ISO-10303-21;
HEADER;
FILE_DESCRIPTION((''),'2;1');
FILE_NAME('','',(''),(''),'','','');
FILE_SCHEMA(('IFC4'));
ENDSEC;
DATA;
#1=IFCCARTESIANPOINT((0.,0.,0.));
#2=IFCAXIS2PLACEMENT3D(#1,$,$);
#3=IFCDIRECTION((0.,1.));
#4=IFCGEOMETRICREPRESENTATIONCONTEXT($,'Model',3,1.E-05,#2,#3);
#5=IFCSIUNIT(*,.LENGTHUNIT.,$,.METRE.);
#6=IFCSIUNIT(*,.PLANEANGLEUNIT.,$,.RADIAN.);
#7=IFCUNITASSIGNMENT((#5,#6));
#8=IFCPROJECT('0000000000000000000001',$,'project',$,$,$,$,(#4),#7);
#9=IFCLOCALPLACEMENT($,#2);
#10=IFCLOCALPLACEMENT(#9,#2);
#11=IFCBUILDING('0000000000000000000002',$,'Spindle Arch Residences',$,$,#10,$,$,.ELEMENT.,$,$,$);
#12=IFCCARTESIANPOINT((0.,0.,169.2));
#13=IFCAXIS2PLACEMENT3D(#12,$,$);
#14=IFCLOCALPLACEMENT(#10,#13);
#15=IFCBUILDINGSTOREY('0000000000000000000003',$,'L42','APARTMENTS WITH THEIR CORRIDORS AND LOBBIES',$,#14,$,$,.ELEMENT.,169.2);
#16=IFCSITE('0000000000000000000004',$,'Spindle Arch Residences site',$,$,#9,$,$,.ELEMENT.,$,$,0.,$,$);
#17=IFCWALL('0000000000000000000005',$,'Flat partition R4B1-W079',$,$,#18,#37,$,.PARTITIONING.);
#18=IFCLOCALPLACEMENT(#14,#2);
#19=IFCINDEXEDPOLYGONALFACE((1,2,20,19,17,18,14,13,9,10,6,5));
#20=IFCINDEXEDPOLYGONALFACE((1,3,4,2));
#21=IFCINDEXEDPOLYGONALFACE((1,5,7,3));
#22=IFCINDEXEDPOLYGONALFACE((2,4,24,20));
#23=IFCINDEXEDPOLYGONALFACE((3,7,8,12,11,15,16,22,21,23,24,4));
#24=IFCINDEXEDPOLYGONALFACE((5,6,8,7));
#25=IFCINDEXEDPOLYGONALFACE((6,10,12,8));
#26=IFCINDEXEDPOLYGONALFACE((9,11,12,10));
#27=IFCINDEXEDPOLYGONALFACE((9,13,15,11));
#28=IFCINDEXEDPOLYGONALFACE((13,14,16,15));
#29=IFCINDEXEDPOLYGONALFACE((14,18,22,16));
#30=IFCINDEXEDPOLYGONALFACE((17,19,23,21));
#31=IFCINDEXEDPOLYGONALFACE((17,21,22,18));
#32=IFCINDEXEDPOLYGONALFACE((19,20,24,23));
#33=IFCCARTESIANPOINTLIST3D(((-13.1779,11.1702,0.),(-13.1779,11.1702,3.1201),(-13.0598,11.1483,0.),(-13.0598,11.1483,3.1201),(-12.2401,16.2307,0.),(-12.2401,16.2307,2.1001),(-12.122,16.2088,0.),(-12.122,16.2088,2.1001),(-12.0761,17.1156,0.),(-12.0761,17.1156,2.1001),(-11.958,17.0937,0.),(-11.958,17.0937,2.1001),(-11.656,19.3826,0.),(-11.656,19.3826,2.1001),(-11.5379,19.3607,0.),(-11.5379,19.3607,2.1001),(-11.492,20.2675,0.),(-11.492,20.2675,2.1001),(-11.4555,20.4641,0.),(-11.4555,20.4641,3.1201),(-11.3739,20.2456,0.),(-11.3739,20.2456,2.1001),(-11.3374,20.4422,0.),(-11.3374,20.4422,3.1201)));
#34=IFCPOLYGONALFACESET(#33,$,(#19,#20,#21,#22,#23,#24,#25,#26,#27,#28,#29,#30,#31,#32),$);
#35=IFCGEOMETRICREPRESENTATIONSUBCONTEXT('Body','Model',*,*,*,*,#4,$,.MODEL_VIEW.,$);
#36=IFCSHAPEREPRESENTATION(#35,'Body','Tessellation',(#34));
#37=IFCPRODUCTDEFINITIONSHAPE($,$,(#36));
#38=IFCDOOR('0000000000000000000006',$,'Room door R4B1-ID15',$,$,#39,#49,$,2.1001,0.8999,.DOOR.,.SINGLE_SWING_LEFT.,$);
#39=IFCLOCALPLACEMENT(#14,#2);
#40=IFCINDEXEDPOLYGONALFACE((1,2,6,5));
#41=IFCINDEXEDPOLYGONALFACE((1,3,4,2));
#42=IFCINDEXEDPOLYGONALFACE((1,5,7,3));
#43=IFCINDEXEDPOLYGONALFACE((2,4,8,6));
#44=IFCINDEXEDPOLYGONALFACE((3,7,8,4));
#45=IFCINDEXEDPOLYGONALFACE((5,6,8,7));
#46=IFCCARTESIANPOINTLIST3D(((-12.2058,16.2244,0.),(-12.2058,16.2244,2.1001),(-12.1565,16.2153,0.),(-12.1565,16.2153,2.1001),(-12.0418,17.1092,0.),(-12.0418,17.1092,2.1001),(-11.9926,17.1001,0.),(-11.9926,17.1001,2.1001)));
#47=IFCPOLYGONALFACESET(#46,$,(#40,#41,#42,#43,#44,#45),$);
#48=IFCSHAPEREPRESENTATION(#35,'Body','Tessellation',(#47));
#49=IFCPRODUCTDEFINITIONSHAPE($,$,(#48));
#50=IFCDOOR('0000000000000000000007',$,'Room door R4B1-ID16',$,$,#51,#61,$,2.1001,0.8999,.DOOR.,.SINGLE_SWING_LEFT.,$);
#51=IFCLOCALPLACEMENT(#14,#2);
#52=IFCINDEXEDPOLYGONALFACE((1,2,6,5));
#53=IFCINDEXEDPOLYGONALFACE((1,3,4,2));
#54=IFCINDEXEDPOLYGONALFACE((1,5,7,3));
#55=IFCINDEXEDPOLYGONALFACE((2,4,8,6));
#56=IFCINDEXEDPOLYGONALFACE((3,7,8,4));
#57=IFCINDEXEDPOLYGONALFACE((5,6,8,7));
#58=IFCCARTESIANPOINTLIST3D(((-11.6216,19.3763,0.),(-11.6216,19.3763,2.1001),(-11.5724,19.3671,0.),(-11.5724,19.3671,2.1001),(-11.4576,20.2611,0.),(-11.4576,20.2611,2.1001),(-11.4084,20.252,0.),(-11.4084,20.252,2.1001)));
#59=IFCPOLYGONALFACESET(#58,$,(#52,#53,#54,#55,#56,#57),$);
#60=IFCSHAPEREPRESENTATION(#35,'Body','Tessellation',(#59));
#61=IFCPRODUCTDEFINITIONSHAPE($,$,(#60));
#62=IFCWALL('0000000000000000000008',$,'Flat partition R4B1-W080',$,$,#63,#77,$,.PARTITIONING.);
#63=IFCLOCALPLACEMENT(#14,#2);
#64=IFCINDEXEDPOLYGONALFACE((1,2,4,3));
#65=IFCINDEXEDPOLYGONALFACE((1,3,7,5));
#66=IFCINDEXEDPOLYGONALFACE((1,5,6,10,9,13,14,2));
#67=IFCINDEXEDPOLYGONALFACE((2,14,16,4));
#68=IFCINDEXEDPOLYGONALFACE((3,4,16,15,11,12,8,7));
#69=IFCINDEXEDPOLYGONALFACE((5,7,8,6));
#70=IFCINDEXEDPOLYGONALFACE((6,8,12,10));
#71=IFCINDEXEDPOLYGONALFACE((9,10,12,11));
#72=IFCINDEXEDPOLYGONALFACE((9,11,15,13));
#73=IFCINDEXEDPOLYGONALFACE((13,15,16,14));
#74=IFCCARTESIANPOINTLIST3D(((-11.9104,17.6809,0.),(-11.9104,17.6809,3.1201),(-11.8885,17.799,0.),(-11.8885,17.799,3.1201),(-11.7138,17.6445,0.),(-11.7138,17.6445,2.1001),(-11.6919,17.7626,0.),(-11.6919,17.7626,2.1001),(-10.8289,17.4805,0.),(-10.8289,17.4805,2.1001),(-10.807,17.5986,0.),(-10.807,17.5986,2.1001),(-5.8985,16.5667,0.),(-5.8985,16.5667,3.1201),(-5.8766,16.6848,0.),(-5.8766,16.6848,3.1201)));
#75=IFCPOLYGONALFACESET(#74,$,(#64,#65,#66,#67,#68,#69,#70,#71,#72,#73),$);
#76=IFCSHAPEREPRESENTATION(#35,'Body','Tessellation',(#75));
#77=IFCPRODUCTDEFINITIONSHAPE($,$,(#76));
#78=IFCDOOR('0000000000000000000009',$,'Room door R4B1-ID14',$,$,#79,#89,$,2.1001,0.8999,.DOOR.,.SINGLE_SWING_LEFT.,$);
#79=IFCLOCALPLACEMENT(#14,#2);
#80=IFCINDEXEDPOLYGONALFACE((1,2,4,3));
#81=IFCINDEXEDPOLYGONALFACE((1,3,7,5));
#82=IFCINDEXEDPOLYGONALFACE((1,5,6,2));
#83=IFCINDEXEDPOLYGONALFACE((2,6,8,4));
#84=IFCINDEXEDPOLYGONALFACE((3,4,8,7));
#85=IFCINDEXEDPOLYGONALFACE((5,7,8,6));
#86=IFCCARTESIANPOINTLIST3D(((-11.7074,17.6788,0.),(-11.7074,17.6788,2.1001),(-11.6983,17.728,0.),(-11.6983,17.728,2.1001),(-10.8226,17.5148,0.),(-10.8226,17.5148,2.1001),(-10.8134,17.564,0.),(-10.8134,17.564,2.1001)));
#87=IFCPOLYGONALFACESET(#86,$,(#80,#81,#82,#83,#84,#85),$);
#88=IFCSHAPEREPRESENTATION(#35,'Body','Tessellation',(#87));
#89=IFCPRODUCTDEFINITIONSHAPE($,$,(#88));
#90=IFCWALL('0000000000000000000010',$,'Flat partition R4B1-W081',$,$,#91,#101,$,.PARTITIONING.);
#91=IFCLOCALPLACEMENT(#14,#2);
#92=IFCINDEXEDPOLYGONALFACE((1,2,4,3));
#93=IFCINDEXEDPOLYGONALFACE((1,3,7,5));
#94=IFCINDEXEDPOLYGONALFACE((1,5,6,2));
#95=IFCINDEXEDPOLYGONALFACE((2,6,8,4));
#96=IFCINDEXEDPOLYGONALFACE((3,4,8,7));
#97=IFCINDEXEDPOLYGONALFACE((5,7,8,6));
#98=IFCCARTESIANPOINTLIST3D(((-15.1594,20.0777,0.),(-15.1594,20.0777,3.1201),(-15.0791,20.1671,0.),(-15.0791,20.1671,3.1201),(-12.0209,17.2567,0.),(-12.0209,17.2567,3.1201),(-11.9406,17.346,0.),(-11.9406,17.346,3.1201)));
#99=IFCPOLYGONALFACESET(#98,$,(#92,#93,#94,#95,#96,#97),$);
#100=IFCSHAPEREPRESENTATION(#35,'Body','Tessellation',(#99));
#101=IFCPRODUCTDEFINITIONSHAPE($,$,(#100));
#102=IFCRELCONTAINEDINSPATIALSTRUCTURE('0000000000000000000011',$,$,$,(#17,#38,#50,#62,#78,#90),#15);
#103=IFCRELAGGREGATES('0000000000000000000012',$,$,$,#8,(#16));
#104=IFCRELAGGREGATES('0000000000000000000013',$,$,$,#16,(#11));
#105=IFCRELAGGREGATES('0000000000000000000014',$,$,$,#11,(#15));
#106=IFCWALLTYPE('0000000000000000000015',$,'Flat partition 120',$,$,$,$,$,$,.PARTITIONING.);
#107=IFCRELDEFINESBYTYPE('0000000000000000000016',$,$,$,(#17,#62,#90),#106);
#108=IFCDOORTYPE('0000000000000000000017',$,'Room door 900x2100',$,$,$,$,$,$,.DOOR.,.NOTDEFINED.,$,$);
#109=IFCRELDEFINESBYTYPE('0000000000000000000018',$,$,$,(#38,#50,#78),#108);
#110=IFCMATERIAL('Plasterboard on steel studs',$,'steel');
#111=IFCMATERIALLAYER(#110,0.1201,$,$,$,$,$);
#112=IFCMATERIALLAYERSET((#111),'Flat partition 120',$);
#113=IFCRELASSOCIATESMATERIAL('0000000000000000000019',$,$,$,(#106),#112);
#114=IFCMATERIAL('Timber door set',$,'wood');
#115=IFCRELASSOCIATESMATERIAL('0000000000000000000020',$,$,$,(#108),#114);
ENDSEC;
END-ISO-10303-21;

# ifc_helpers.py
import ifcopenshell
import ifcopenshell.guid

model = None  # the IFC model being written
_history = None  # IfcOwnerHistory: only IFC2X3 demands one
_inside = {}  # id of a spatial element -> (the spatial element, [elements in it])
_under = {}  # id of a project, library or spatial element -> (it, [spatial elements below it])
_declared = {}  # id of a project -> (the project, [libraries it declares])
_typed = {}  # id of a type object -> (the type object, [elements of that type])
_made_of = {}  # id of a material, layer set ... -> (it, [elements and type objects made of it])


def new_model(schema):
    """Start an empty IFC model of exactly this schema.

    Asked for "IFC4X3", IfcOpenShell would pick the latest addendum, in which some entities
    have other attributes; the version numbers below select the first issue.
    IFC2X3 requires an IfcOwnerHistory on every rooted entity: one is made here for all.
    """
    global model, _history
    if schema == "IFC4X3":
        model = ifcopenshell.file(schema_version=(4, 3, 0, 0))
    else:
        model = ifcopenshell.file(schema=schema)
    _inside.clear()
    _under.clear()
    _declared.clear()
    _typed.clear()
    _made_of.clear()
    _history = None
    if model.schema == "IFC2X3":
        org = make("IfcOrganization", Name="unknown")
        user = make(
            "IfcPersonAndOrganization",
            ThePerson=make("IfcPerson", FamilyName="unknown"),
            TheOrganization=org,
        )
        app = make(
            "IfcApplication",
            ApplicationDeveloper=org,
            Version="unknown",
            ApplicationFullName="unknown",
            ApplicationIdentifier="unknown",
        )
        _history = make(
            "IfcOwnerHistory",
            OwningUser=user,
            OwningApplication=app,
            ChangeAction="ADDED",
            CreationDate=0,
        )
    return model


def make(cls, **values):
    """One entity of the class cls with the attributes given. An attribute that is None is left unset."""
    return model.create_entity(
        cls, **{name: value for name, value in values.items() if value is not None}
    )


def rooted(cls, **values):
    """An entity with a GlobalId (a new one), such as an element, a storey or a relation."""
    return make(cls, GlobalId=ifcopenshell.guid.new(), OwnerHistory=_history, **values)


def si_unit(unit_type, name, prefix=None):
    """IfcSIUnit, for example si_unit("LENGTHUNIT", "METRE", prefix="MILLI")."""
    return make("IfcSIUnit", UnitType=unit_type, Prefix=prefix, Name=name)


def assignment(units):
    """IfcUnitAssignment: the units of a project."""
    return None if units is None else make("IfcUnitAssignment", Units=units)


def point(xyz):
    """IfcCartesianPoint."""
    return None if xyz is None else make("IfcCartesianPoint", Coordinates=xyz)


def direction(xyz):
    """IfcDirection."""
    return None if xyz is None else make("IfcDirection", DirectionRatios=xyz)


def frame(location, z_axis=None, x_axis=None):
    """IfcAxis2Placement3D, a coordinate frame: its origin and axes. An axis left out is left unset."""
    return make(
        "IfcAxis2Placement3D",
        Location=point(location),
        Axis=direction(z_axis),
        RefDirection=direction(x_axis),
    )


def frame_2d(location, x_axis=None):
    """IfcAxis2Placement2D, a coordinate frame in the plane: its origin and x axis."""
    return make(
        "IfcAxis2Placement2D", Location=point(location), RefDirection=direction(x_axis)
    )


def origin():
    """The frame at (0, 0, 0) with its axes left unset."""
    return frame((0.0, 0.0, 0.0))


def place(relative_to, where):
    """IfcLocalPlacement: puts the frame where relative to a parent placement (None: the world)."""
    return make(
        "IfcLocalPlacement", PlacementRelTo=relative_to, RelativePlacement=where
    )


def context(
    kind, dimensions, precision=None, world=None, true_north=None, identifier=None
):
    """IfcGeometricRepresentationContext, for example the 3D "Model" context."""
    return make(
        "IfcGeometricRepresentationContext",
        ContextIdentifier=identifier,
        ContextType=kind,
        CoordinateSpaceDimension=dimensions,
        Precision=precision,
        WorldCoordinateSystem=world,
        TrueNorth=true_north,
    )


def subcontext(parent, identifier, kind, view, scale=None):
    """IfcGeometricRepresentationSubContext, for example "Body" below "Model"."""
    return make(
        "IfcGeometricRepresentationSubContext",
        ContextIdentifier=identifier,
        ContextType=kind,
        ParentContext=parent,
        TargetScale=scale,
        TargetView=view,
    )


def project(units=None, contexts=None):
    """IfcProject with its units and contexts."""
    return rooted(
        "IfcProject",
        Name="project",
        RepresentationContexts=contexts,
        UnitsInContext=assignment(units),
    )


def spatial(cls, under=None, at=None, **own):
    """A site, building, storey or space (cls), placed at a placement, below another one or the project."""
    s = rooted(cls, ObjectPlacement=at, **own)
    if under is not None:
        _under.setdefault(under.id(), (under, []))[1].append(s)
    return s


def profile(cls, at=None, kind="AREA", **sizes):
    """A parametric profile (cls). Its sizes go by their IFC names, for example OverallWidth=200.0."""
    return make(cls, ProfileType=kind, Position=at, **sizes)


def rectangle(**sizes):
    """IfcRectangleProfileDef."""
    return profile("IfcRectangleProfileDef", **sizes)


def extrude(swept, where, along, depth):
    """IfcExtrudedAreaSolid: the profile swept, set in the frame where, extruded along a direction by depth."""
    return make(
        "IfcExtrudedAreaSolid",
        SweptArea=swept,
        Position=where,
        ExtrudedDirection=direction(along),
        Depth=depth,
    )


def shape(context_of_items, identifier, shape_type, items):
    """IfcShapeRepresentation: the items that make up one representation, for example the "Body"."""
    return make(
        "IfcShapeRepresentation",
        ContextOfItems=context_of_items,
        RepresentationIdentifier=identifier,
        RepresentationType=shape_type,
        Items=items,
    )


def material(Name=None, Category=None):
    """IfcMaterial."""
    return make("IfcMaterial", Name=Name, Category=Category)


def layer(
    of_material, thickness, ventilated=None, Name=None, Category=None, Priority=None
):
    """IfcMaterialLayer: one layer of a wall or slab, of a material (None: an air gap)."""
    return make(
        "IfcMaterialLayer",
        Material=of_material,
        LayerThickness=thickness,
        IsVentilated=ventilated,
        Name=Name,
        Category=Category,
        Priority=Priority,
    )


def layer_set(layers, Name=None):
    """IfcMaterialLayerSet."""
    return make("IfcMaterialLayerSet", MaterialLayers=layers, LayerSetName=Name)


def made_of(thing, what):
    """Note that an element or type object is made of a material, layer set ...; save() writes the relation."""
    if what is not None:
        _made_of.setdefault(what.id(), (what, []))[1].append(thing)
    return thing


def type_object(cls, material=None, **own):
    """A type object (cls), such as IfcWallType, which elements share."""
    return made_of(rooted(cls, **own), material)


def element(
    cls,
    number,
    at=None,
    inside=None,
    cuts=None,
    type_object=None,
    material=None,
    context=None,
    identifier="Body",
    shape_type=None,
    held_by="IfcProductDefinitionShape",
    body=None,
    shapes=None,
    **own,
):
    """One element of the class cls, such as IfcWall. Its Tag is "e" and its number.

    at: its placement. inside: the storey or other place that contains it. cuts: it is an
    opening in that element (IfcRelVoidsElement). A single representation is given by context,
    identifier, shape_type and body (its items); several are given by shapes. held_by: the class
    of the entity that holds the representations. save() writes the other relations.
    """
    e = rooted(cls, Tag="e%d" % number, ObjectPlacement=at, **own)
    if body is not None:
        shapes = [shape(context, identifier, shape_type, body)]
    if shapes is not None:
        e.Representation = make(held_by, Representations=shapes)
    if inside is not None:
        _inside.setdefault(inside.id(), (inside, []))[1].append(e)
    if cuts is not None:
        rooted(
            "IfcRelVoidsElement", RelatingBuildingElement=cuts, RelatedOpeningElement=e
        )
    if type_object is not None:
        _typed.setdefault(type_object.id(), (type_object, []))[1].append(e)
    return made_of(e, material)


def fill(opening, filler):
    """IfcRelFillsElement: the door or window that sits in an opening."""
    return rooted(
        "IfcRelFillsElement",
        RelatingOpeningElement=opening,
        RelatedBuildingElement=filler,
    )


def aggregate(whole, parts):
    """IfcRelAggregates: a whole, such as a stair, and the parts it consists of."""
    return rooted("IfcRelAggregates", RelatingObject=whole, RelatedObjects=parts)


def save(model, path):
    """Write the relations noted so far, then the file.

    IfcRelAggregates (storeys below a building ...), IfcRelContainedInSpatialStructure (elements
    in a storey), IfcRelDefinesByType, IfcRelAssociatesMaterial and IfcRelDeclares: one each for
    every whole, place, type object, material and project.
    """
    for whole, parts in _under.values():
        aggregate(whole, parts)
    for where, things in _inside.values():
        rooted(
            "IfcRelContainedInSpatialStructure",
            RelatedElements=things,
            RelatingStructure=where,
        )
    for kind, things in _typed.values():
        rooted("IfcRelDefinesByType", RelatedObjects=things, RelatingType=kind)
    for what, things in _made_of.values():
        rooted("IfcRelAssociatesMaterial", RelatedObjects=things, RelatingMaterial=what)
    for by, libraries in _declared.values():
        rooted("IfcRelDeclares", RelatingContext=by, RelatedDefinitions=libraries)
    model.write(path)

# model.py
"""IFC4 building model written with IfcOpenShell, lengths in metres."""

from ifc_helpers import new_model, si_unit, direction, frame, frame_2d, origin, place, context, subcontext, project, spatial, rectangle, extrude, material, layer, layer_set, type_object, element, fill, save


model = new_model("IFC4")

# Units and contexts
model_context = context("Model", 3, precision=1e-05, world=origin(), true_north=direction((0.0, 1.0)))
body_context = subcontext(model_context, "Body", "Model", "MODEL_VIEW")
ifc_project = project(units=[si_unit("LENGTHUNIT", "METRE"), si_unit("PLANEANGLEUNIT", "RADIAN")], contexts=[model_context])

# Site, building, storey
site_placement = place(None, origin())
site = spatial("IfcSite", under=ifc_project, at=site_placement, Name="Spindle Arch Residences site", CompositionType="ELEMENT", RefElevation=0.0)
building_placement = place(site_placement, origin())
building = spatial("IfcBuilding", under=site, at=building_placement, Name="Spindle Arch Residences", CompositionType="ELEMENT")
storey_placement = place(building_placement, frame((0.0, 0.0, 169.2)))
storey = spatial("IfcBuildingStorey", under=building, at=storey_placement, Name="L42", Description="APARTMENTS WITH THEIR CORRIDORS AND LOBBIES", CompositionType="ELEMENT", Elevation=169.2)

# Shared definitions
ifc_material_1 = material(Name="Plasterboard on steel studs", Category="steel")
ifc_layer_1 = layer(ifc_material_1, 0.1201)
ifc_layer_set_1 = layer_set([ifc_layer_1], Name="Flat partition 120")
wall_type = type_object("IfcWallType", Name="Flat partition 120", PredefinedType="PARTITIONING", material=ifc_layer_set_1)

# Wall, openings, doors
wall_1_placement = place(storey_placement, frame((-11.3965, 20.4531, 0.0), z_axis=(0.0, 0.0, 1.0), x_axis=(-0.182223, -0.983257, 0.0)))
wall_1 = element("IfcWall", 1, at=wall_1_placement, inside=storey, type_object=wall_type, Name="Flat partition R4B1-W079", PredefinedType="PARTITIONING", context=body_context, shape_type="SweptSolid", body=[
    extrude(rectangle(XDim=9.4521, YDim=0.1201, at=frame_2d((4.7261, 0.0))), origin(), (0.0, 0.0, 1.0), 3.1201),
])
opening_1_placement = place(wall_1_placement, frame((3.4055, 0.0, 0.0)))
opening_1 = element("IfcOpeningElement", 2, at=opening_1_placement, cuts=wall_1, PredefinedType="OPENING", context=body_context, shape_type="SweptSolid", body=[
    extrude(rectangle(XDim=0.8999, YDim=2.1001, at=frame_2d((0.45, 1.05))), frame((0.0, 0.0701, 0.0), z_axis=(0.0, -1.0, 0.0), x_axis=(1.0, 0.0, 0.0)), (0.0, 0.0, 1.0), 0.1401),
])
opening_2_placement = place(wall_1_placement, frame((0.2, 0.0, 0.0)))
opening_2 = element("IfcOpeningElement", 3, at=opening_2_placement, cuts=wall_1, PredefinedType="OPENING", context=body_context, shape_type="SweptSolid", body=[
    extrude(rectangle(XDim=0.8999, YDim=2.1001, at=frame_2d((0.45, 1.05))), frame((0.0, 0.0701, 0.0), z_axis=(0.0, -1.0, 0.0), x_axis=(1.0, 0.0, 0.0)), (0.0, 0.0, 1.0), 0.1401),
])
ifc_material_2 = material(Name="Timber door set", Category="wood")
door_type = type_object("IfcDoorType", Name="Room door 900x2100", OperationType="NOTDEFINED", PredefinedType="DOOR", material=ifc_material_2)
door_1_placement = place(opening_1_placement, origin())
door_1 = element("IfcDoor", 4, at=door_1_placement, inside=storey, type_object=door_type, Name="Room door R4B1-ID15", OperationType="SINGLE_SWING_LEFT", OverallHeight=2.1001, OverallWidth=0.8999, PredefinedType="DOOR", context=body_context, shape_type="SweptSolid", body=[
    extrude(rectangle(XDim=0.8999, YDim=2.1001, at=frame_2d((0.45, 1.05))), frame((0.0, 0.0249, 0.0), z_axis=(0.0, -1.0, 0.0), x_axis=(1.0, 0.0, 0.0)), (0.0, 0.0, 1.0), 0.05),
])
fill(opening_1, door_1)
door_2_placement = place(opening_2_placement, origin())
door_2 = element("IfcDoor", 5, at=door_2_placement, inside=storey, type_object=door_type, Name="Room door R4B1-ID16", OperationType="SINGLE_SWING_LEFT", OverallHeight=2.1001, OverallWidth=0.8999, PredefinedType="DOOR", context=body_context, shape_type="SweptSolid", body=[
    extrude(rectangle(XDim=0.8999, YDim=2.1001, at=frame_2d((0.45, 1.05))), frame((0.0, 0.0249, 0.0), z_axis=(0.0, -1.0, 0.0), x_axis=(1.0, 0.0, 0.0)), (0.0, 0.0, 1.0), 0.05),
])
fill(opening_2, door_2)

# Wall, opening, door
wall_2_placement = place(storey_placement, frame((-11.8994, 17.74, 0.0), z_axis=(0.0, 0.0, 1.0), x_axis=(0.983255, -0.182237, 0.0)))
wall_2 = element("IfcWall", 6, at=wall_2_placement, inside=storey, type_object=wall_type, Name="Flat partition R4B1-W080", PredefinedType="PARTITIONING", context=body_context, shape_type="SweptSolid", body=[
    extrude(rectangle(XDim=6.1143, YDim=0.1201, at=frame_2d((3.0571, 0.0))), origin(), (0.0, 0.0, 1.0), 3.1201),
])
opening_3_placement = place(wall_2_placement, frame((0.2, 0.0, 0.0)))
opening_3 = element("IfcOpeningElement", 7, at=opening_3_placement, cuts=wall_2, PredefinedType="OPENING", context=body_context, shape_type="SweptSolid", body=[
    extrude(rectangle(XDim=0.8999, YDim=2.1001, at=frame_2d((0.45, 1.05))), frame((0.0, 0.0701, 0.0), z_axis=(0.0, -1.0, 0.0), x_axis=(1.0, 0.0, 0.0)), (0.0, 0.0, 1.0), 0.1401),
])
door_3_placement = place(opening_3_placement, origin())
door_3 = element("IfcDoor", 8, at=door_3_placement, inside=storey, type_object=door_type, Name="Room door R4B1-ID14", OperationType="SINGLE_SWING_LEFT", OverallHeight=2.1001, OverallWidth=0.8999, PredefinedType="DOOR", context=body_context, shape_type="SweptSolid", body=[
    extrude(rectangle(XDim=0.8999, YDim=2.1001, at=frame_2d((0.45, 1.05))), frame((0.0, 0.0249, 0.0), z_axis=(0.0, -1.0, 0.0), x_axis=(1.0, 0.0, 0.0)), (0.0, 0.0, 1.0), 0.05),
])
fill(opening_3, door_3)

# Wall
wall_3_placement = place(storey_placement, frame((-15.1191, 20.1223, 0.0), z_axis=(0.0, 0.0, 1.0), x_axis=(0.743711, -0.668501, 0.0)))
element("IfcWall", 9, at=wall_3_placement, inside=storey, type_object=wall_type, Name="Flat partition R4B1-W081", PredefinedType="PARTITIONING", context=body_context, shape_type="SweptSolid", body=[
    extrude(rectangle(XDim=4.22, YDim=0.1201, at=frame_2d((2.1099, 0.0))), origin(), (0.0, 0.0, 1.0), 3.1201),
])

save(model, "model.ifc")
